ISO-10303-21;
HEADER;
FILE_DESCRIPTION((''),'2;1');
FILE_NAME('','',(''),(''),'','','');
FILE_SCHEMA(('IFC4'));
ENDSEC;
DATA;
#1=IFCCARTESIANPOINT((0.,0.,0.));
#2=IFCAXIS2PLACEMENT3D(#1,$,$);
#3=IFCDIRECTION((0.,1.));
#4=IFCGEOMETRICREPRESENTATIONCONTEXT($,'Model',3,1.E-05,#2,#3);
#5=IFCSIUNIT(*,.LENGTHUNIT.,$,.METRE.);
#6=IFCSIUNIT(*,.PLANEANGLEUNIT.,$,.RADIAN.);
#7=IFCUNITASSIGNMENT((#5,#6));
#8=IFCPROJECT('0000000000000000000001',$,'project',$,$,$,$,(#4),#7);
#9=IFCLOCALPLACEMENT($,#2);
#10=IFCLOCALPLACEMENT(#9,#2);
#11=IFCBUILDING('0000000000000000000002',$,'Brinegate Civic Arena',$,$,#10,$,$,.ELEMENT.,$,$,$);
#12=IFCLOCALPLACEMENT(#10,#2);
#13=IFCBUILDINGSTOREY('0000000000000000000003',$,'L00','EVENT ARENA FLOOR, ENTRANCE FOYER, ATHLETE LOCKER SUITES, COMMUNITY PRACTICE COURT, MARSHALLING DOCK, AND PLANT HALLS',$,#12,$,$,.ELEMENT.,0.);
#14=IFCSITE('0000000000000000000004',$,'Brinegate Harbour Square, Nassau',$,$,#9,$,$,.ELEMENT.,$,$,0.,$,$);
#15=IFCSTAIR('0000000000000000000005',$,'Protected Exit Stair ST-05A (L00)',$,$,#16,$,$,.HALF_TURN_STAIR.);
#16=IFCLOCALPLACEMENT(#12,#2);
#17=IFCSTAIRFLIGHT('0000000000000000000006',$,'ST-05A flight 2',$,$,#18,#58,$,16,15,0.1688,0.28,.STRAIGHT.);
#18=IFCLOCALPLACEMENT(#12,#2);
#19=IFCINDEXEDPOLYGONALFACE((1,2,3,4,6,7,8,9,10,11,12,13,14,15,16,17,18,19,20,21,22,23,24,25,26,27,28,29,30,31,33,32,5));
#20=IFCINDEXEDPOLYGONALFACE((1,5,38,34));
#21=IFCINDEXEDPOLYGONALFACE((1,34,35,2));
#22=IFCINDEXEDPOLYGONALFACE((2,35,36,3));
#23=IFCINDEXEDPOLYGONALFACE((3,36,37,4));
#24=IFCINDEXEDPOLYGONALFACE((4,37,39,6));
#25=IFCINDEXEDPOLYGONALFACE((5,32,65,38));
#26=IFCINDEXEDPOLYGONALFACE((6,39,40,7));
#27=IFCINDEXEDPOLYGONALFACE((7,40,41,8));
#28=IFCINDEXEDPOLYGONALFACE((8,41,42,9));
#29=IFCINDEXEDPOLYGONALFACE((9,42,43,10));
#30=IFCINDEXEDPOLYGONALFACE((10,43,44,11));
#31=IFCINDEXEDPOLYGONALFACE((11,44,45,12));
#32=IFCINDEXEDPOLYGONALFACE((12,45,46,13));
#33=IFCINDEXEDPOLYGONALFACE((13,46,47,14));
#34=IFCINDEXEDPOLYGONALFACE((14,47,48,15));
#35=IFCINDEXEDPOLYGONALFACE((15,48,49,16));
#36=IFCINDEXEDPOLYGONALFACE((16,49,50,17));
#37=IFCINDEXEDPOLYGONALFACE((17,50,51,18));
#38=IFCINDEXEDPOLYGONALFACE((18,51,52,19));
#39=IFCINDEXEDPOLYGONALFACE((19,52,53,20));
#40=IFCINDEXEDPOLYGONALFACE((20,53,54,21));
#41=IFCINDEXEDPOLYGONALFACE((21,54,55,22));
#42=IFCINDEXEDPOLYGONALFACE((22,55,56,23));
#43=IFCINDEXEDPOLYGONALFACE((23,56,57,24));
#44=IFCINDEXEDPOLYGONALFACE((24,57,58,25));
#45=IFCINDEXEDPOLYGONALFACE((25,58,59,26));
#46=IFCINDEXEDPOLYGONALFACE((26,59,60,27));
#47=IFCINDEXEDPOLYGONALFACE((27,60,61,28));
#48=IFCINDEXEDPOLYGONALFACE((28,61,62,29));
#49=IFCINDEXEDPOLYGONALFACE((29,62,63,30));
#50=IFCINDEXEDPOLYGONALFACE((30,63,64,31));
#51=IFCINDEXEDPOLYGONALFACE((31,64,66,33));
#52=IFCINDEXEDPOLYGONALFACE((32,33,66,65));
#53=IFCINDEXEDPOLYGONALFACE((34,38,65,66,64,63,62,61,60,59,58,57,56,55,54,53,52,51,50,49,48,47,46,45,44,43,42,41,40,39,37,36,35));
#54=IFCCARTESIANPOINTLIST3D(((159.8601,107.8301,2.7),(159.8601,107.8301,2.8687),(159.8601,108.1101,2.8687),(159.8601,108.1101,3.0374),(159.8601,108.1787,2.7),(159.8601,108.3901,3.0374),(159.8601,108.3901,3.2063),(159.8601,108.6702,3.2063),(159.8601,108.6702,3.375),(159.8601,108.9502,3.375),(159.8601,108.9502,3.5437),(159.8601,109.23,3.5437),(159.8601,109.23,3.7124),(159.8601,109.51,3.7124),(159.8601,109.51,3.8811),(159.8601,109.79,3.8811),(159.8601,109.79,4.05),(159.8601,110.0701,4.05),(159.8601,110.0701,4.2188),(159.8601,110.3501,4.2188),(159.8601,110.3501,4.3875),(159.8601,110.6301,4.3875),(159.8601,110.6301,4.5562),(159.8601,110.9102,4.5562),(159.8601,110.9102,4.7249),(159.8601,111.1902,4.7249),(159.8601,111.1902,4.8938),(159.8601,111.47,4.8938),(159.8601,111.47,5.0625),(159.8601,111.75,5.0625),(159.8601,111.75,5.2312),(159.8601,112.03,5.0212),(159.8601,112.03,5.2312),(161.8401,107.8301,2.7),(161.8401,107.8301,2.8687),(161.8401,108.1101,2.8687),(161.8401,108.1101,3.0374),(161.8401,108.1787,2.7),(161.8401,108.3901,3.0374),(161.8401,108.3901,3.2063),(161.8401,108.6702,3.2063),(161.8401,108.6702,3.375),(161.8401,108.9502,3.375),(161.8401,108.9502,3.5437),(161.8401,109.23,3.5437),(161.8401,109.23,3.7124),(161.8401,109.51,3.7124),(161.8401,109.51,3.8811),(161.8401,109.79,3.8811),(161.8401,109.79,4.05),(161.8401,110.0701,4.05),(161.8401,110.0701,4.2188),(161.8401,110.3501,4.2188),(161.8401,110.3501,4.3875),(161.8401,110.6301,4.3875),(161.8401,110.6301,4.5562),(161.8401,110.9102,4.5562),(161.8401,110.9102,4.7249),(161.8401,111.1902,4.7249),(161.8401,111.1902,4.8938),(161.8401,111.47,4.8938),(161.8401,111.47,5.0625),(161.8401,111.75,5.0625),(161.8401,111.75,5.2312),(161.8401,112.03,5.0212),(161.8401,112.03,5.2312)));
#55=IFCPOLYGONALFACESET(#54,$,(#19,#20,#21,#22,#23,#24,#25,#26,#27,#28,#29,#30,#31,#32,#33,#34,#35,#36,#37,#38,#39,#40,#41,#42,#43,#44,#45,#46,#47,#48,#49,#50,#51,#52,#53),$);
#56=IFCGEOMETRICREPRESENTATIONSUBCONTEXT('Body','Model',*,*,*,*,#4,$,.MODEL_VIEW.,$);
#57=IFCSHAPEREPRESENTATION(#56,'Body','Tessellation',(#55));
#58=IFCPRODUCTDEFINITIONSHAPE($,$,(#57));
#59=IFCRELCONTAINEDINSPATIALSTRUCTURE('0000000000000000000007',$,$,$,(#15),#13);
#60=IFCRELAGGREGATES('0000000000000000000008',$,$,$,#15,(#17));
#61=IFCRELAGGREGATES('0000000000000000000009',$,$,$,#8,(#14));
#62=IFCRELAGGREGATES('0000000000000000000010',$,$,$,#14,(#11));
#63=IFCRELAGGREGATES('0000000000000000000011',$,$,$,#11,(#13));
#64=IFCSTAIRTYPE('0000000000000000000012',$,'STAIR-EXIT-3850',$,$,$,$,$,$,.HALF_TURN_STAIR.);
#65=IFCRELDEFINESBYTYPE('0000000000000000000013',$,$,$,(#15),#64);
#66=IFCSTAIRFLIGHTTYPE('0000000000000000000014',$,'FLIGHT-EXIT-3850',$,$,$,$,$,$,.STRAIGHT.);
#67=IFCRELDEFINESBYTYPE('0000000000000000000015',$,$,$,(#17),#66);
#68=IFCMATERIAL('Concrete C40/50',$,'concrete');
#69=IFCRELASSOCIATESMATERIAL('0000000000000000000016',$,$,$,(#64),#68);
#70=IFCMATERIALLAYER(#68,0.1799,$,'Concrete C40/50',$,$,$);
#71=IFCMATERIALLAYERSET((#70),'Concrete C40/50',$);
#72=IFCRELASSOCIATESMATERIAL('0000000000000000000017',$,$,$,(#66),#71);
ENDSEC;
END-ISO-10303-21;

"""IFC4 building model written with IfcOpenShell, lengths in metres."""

from ifc_helpers import new_model, si_unit, direction, frame, origin, place, context, subcontext, project, spatial, polyline, outline, extrude, material, layer, layer_set, type_object, element, aggregate, save


model = new_model("IFC4")

# Units and contexts
model_context = context("Model", 3, precision=1e-05, world=origin(), true_north=direction((0.0, 1.0)))
body_context = subcontext(model_context, "Body", "Model", "MODEL_VIEW")
ifc_project = project(units=[si_unit("LENGTHUNIT", "METRE"), si_unit("PLANEANGLEUNIT", "RADIAN")], contexts=[model_context])

# Site, building, storey
site_placement = place(None, origin())
site = spatial("IfcSite", under=ifc_project, at=site_placement, Name="Brinegate Harbour Square, Nassau", CompositionType="ELEMENT", RefElevation=0.0)
building_placement = place(site_placement, origin())
building = spatial("IfcBuilding", under=site, at=building_placement, Name="Brinegate Civic Arena", CompositionType="ELEMENT")
storey_placement = place(building_placement, origin())
storey = spatial("IfcBuildingStorey", under=building, at=storey_placement, Name="L00", Description="EVENT ARENA FLOOR, ENTRANCE FOYER, ATHLETE LOCKER SUITES, COMMUNITY PRACTICE COURT, MARSHALLING DOCK, AND PLANT HALLS", CompositionType="ELEMENT", Elevation=0.0)

# Shared definitions
ifc_material_1 = material(Name="Concrete C40/50", Category="concrete")

# Stair, stair flight
stair_type_1 = type_object("IfcStairType", Name="STAIR-EXIT-3850", PredefinedType="HALF_TURN_STAIR", material=ifc_material_1)
stair_1_placement = place(storey_placement, origin())
stair_1 = element("IfcStair", 1, at=stair_1_placement, inside=storey, type_object=stair_type_1, Name="Protected Exit Stair ST-05A (L00)", PredefinedType="HALF_TURN_STAIR")
ifc_layer_1 = layer(ifc_material_1, 0.1799, Name="Concrete C40/50")
ifc_layer_set_1 = layer_set([ifc_layer_1], Name="Concrete C40/50")
stair_flight_type_1 = type_object("IfcStairFlightType", Name="FLIGHT-EXIT-3850", PredefinedType="STRAIGHT", material=ifc_layer_set_1)
stair_flight_1_placement = place(storey_placement, frame((160.8501, 107.8301, 2.7), z_axis=(0.0, 0.0, 1.0), x_axis=(0.0, 1.0, 0.0)))
stair_flight_1 = element("IfcStairFlight", 2, at=stair_flight_1_placement, type_object=stair_flight_type_1, Name="ST-05A flight 2", NumberOfRisers=16, NumberOfTreads=15, PredefinedType="STRAIGHT", RiserHeight=0.1688, TreadLength=0.28, context=body_context, shape_type="SweptSolid", body=[
    extrude(outline(polyline([(0.0, 0.0), (0.0, 0.1687), (0.28, 0.1687), (0.28, 0.3374), (0.5601, 0.3374), (0.5601, 0.5063), (0.8401, 0.5063), (0.8401, 0.675), (1.1201, 0.675), (1.1201, 0.8438), (1.3999, 0.8438), (1.3999, 1.0125), (1.6799, 1.0125), (1.6799, 1.1812), (1.96, 1.1812), (1.96, 1.3501), (2.24, 1.3501), (2.24, 1.5188), (2.52, 1.5188), (2.52, 1.6875), (2.8, 1.6875), (2.8, 1.8562), (3.0801, 1.8562), (3.0801, 2.0249), (3.3601, 2.0249), (3.3601, 2.1938), (3.6399, 2.1938), (3.6399, 2.3625), (3.9199, 2.3625), (3.9199, 2.5312), (4.2, 2.5312), (4.2, 2.7), (4.2, 2.3213), (0.3486, 0.0), (0.0, 0.0)])), frame((0.0, 0.99, 0.0), z_axis=(0.0, -1.0, 0.0), x_axis=(1.0, 0.0, 0.0)), (0.0, 0.0, 1.0), 1.98),
])
aggregate(stair_1, [stair_flight_1])

save(model, "model.ifc")
